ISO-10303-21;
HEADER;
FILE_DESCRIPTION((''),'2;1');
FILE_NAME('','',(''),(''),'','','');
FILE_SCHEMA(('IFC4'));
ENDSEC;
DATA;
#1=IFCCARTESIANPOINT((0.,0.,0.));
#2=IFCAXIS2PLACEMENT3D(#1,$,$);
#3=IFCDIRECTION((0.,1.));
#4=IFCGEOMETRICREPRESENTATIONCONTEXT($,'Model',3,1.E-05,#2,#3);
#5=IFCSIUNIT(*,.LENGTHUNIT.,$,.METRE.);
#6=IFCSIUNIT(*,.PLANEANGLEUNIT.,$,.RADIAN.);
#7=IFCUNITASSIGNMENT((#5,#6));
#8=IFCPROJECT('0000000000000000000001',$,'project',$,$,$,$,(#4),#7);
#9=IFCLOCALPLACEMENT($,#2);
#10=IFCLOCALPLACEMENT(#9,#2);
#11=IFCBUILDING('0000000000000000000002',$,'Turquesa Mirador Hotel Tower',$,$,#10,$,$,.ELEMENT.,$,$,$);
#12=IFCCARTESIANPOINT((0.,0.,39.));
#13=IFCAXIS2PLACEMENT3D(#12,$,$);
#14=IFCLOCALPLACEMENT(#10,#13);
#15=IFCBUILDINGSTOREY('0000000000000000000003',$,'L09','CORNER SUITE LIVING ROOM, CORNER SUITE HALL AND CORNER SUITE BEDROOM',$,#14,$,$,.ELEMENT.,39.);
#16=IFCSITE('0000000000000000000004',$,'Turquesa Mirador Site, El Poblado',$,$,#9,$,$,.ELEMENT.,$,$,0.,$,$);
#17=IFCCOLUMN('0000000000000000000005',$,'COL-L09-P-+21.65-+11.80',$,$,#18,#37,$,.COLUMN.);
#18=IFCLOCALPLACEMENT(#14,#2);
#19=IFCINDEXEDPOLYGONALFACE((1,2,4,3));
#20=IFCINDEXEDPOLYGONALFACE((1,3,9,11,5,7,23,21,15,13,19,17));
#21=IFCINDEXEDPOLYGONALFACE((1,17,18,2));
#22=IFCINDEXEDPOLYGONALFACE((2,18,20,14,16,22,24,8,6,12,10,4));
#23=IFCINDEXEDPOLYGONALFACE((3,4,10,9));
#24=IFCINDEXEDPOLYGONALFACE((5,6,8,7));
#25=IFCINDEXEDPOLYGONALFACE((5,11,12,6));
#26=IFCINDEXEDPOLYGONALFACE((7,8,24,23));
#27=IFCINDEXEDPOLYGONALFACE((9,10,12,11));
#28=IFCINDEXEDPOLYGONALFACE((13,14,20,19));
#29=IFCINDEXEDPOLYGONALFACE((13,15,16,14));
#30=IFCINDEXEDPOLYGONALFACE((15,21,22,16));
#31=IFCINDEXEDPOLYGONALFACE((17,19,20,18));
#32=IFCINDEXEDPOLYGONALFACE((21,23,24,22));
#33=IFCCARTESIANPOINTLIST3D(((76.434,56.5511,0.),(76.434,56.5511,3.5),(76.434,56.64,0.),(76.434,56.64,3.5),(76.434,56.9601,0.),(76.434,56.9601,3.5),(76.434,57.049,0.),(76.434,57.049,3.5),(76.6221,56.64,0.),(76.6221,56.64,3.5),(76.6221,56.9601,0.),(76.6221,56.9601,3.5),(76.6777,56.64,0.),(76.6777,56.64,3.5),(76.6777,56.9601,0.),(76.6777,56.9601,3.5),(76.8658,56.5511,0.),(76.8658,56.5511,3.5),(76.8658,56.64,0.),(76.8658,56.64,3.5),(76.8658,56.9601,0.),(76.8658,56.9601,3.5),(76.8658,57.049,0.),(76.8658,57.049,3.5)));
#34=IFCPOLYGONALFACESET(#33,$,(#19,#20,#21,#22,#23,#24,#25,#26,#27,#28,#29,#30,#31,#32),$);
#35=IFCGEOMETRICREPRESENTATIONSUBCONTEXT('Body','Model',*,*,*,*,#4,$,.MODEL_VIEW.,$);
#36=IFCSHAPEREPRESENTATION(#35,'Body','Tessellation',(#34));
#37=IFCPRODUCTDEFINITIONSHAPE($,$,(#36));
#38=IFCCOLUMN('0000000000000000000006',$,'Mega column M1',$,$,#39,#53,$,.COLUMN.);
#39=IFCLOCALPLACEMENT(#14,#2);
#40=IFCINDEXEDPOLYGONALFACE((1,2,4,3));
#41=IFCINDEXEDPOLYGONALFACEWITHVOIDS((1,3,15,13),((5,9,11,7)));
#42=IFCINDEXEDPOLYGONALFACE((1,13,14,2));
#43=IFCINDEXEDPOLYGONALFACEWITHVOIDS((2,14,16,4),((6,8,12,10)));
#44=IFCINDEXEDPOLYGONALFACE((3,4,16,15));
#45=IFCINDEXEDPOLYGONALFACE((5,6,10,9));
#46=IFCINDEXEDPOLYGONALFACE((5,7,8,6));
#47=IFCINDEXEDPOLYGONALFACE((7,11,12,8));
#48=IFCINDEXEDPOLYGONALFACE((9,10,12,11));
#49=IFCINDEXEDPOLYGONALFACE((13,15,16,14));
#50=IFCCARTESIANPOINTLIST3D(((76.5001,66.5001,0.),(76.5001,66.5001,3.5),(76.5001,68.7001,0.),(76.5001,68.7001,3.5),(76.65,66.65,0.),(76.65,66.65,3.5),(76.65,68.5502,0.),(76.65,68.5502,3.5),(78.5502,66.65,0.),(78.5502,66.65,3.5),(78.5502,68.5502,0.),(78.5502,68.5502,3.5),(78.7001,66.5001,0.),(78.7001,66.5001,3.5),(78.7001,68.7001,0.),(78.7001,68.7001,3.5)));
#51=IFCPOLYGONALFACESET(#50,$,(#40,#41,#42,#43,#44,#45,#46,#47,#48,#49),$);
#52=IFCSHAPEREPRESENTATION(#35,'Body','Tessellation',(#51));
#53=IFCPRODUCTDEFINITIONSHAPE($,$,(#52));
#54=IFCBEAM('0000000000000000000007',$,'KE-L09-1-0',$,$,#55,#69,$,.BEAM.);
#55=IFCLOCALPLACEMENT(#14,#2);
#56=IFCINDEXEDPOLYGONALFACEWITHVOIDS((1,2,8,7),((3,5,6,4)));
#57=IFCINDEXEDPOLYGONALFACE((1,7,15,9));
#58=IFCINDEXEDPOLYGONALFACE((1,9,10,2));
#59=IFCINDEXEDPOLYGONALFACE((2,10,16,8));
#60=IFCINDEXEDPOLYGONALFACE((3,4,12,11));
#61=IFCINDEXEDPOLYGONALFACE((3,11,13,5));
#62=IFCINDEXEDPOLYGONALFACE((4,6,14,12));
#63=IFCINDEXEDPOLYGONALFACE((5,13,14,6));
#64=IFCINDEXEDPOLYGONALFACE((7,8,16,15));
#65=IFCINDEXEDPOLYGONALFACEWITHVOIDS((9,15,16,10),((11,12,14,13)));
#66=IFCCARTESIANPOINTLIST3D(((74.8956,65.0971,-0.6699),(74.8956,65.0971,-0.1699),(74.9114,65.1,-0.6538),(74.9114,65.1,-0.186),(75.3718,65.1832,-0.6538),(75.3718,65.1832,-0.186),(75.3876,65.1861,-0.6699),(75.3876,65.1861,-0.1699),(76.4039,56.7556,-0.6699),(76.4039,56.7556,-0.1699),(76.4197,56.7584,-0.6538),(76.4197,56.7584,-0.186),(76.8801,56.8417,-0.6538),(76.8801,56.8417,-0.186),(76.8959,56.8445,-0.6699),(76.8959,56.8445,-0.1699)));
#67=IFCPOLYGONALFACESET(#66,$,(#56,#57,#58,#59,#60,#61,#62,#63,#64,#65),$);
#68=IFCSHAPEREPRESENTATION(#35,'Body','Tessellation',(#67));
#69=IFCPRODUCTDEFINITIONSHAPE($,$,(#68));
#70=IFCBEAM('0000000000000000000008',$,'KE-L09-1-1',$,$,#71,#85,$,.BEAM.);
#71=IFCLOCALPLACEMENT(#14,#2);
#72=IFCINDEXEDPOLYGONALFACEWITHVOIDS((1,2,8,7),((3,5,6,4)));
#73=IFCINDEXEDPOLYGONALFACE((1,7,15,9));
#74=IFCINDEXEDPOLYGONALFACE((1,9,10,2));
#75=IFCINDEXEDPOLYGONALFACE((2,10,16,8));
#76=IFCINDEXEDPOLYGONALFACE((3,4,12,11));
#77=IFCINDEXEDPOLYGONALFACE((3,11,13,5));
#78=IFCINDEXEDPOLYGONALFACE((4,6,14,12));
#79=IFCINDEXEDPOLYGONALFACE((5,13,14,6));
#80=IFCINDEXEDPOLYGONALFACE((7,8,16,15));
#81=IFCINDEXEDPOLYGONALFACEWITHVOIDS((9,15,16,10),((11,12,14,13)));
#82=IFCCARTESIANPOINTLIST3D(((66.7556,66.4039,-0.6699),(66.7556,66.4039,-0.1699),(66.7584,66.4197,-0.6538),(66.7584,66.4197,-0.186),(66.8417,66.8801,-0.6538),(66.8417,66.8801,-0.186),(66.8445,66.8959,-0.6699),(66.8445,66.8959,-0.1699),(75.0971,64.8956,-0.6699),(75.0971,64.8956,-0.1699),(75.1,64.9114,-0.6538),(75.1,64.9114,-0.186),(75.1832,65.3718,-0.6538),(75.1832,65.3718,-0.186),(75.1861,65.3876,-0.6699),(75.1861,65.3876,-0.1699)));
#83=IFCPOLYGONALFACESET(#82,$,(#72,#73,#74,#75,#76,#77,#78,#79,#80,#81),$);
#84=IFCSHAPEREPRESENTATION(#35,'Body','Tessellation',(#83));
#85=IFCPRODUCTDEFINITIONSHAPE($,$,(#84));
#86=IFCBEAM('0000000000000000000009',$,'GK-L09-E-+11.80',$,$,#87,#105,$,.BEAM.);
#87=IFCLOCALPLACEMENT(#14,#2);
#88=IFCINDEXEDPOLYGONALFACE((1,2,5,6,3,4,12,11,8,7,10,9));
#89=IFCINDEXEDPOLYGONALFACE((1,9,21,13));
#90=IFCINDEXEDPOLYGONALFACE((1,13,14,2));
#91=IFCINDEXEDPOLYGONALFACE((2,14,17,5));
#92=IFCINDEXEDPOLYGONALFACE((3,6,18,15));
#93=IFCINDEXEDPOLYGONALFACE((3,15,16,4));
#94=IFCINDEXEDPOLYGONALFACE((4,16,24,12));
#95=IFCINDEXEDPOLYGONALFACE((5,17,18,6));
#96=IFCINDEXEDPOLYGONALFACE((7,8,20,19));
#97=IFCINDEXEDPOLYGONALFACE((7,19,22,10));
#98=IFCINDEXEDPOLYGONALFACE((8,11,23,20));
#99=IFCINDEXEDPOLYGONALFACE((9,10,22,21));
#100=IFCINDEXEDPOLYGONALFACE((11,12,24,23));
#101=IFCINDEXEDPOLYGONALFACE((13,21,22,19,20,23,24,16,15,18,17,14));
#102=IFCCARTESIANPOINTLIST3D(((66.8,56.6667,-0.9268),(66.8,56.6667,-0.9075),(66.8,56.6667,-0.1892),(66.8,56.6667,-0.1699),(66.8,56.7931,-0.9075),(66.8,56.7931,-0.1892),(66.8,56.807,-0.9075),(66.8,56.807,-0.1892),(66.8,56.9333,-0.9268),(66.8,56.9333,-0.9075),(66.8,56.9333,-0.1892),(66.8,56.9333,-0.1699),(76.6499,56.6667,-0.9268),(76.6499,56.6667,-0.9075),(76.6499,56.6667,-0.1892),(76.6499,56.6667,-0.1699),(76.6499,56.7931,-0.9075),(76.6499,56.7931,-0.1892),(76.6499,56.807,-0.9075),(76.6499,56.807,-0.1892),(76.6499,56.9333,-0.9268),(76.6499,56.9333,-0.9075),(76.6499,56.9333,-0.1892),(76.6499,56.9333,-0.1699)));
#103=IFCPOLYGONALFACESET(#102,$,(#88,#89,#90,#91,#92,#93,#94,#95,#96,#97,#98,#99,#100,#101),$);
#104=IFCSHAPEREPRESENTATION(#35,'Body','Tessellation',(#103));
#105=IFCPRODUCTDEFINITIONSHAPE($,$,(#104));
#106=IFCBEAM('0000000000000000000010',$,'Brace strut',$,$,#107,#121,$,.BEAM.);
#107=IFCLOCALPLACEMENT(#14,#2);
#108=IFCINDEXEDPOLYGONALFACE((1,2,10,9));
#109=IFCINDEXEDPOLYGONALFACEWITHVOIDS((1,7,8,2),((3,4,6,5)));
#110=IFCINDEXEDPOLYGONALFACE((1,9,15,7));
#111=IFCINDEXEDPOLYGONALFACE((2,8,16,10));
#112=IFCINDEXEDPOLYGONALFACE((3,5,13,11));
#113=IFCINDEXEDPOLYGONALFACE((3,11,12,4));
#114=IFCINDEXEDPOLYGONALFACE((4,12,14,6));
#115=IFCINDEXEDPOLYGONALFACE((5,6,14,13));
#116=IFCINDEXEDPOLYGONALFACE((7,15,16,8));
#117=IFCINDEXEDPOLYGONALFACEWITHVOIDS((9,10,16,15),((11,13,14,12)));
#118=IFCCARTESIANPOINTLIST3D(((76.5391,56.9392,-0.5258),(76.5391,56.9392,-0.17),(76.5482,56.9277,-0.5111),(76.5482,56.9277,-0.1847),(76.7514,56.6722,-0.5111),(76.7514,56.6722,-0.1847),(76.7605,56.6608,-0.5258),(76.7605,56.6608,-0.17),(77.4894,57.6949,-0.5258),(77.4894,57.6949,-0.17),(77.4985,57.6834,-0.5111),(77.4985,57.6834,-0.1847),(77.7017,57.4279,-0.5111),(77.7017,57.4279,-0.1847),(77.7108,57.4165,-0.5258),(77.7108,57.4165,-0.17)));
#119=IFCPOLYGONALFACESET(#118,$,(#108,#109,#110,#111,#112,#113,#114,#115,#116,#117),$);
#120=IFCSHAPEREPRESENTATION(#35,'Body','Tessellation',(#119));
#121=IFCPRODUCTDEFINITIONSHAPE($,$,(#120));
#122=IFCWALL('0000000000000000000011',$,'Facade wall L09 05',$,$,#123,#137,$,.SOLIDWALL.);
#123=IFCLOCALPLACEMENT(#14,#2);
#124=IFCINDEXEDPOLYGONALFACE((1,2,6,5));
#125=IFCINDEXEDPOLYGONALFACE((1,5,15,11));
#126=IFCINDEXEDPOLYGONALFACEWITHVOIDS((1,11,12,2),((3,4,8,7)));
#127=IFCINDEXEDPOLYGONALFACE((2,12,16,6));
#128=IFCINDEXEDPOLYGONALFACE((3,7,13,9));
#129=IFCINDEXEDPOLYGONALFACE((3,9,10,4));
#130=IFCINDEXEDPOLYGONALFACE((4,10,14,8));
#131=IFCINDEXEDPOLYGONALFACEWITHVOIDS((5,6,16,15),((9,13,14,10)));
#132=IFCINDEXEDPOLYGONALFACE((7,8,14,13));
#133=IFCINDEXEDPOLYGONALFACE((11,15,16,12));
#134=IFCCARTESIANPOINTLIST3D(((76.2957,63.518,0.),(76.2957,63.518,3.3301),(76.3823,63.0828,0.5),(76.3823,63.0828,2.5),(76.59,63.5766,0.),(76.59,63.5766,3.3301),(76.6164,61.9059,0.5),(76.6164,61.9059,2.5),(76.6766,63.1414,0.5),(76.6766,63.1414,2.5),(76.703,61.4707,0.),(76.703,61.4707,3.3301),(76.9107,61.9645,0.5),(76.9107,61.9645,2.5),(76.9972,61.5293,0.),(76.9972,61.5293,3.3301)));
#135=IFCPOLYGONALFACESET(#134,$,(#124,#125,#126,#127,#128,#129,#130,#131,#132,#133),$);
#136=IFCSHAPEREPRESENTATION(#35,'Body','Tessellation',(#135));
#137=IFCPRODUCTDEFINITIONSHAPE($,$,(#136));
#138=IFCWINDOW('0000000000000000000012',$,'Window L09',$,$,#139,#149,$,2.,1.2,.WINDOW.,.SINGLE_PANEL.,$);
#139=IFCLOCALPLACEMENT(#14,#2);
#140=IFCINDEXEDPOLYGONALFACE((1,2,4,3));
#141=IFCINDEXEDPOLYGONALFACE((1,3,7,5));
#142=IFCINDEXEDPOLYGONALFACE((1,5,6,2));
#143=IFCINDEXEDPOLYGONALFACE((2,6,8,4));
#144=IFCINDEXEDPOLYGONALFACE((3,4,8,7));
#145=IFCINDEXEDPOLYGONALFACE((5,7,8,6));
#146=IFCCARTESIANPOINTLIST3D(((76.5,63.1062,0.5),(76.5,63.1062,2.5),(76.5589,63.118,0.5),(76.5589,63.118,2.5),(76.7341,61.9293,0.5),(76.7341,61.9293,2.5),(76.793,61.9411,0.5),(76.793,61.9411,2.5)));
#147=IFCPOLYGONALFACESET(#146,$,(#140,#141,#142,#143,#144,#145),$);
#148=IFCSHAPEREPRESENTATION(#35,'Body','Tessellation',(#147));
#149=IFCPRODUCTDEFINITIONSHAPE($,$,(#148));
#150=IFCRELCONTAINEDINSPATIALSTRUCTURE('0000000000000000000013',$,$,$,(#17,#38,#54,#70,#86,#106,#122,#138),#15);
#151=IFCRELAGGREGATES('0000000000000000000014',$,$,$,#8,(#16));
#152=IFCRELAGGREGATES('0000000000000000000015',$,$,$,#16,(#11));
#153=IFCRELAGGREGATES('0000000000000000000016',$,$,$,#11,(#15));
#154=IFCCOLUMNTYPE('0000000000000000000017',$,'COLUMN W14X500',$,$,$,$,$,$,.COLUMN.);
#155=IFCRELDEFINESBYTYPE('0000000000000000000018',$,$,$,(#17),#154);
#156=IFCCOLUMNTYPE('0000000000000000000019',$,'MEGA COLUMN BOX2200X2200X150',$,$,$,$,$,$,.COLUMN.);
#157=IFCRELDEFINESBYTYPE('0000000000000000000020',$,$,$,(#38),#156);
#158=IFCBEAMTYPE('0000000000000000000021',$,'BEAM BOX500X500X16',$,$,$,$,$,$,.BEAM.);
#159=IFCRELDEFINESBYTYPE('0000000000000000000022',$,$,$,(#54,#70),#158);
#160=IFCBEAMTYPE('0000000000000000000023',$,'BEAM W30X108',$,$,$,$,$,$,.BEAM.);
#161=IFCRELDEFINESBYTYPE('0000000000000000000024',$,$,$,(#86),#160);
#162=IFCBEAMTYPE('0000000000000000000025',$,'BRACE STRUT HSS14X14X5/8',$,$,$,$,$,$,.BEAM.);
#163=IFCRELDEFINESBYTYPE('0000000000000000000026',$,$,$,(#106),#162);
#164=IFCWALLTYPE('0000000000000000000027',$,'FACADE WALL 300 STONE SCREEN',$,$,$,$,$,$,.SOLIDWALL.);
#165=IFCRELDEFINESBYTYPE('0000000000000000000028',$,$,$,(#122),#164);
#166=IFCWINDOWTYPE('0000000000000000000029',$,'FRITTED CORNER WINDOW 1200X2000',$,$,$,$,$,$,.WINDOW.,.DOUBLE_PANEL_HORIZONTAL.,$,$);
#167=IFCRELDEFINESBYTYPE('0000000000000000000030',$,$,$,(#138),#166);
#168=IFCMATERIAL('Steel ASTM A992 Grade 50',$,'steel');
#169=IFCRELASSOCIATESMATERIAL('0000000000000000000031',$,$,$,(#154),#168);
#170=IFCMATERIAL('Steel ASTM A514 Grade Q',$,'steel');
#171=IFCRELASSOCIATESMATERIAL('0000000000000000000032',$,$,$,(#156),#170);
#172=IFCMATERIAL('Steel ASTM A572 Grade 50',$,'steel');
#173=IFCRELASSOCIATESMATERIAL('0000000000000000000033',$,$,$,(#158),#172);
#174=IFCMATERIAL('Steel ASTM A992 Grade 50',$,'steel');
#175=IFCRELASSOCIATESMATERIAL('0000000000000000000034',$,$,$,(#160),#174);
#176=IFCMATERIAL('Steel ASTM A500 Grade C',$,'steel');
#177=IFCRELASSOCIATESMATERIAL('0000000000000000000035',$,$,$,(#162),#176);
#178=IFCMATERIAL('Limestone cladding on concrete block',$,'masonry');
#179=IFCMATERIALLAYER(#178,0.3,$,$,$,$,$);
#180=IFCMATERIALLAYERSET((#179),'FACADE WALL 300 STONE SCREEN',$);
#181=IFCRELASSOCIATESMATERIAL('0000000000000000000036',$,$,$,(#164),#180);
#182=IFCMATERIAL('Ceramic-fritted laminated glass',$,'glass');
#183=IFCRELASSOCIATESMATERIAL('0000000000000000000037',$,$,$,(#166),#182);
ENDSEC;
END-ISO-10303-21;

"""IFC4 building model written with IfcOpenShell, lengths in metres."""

from ifc_helpers import new_model, si_unit, direction, frame, frame_2d, origin, origin_2d, place, context, subcontext, project, spatial, rectangle, hollow_rectangle, i_section, extrude, material, layer, layer_set, material_profile, profile_set, type_object, element, fill, save


model = new_model("IFC4")

# Units and contexts
model_context = context("Model", 3, precision=1e-05, world=origin(), true_north=direction((0.0, 1.0)))
body_context = subcontext(model_context, "Body", "Model", "MODEL_VIEW")
ifc_project = project(units=[si_unit("LENGTHUNIT", "METRE"), si_unit("PLANEANGLEUNIT", "RADIAN")], contexts=[model_context])

# Site, building, storey
site_placement = place(None, origin())
site = spatial("IfcSite", under=ifc_project, at=site_placement, Name="Turquesa Mirador Site, El Poblado", CompositionType="ELEMENT", RefElevation=0.0)
building_placement = place(site_placement, origin())
building = spatial("IfcBuilding", under=site, at=building_placement, Name="Turquesa Mirador Hotel Tower", CompositionType="ELEMENT")
storey_placement = place(building_placement, frame((0.0, 0.0, 39.0)))
storey = spatial("IfcBuildingStorey", under=building, at=storey_placement, Name="L09", Description="CORNER SUITE LIVING ROOM, CORNER SUITE HALL AND CORNER SUITE BEDROOM", CompositionType="ELEMENT", Elevation=39.0)

# Columns
ifc_material_1 = material(Name="Steel ASTM A992 Grade 50", Category="steel")
ifc_material_profile_1 = material_profile(ifc_material_1, i_section(OverallWidth=0.4319, OverallDepth=0.4978, WebThickness=0.0557, FlangeThickness=0.0889, at=origin_2d()), Name="W14X500")
ifc_profile_set_1 = profile_set([ifc_material_profile_1], Name="Steel ASTM A992 Grade 50")
column_type_1 = type_object("IfcColumnType", Name="COLUMN W14X500", PredefinedType="COLUMN", material=ifc_profile_set_1)
column_1_placement = place(storey_placement, frame((76.6499, 56.8, 0.0), z_axis=(0.0, 0.0, 1.0), x_axis=(1.0, 0.0, 0.0)))
element("IfcColumn", 1, at=column_1_placement, inside=storey, type_object=column_type_1, Name="COL-L09-P-+21.65-+11.80", PredefinedType="COLUMN", context=body_context, shape_type="SweptSolid", body=[
    extrude(i_section(OverallWidth=0.4319, OverallDepth=0.4978, WebThickness=0.0557, FlangeThickness=0.0889, at=origin_2d()), origin(), (0.0, 0.0, 1.0), 3.5),
])
ifc_material_2 = material(Name="Steel ASTM A514 Grade Q", Category="steel")
ifc_material_profile_2 = material_profile(ifc_material_2, hollow_rectangle(XDim=2.2, YDim=2.2, WallThickness=0.1499, at=origin_2d()), Name="BOX2200X2200X150")
ifc_profile_set_2 = profile_set([ifc_material_profile_2], Name="Steel ASTM A514 Grade Q")
column_type_2 = type_object("IfcColumnType", Name="MEGA COLUMN BOX2200X2200X150", PredefinedType="COLUMN", material=ifc_profile_set_2)
column_2_placement = place(storey_placement, frame((77.6001, 67.6001, 0.0), z_axis=(0.0, 0.0, 1.0), x_axis=(1.0, 0.0, 0.0)))
element("IfcColumn", 2, at=column_2_placement, inside=storey, type_object=column_type_2, Name="Mega column M1", PredefinedType="COLUMN", context=body_context, shape_type="SweptSolid", body=[
    extrude(hollow_rectangle(XDim=2.2, YDim=2.2, WallThickness=0.1499, at=origin_2d()), origin(), (0.0, 0.0, 1.0), 3.5),
])

# Beams
ifc_material_3 = material(Name="Steel ASTM A572 Grade 50", Category="steel")
ifc_material_profile_3 = material_profile(ifc_material_3, hollow_rectangle(XDim=0.5, YDim=0.5, WallThickness=0.0161, at=origin_2d()), Name="BOX500X500X16")
ifc_profile_set_3 = profile_set([ifc_material_profile_3], Name="Steel ASTM A572 Grade 50")
beam_type_1 = type_object("IfcBeamType", Name="BEAM BOX500X500X16", PredefinedType="BEAM", material=ifc_profile_set_3)
for number, where, z_axis, x_axis, name in (
    (3, (76.6499, 56.8, -0.4199), (-0.177932, 0.984043, 0.0), (-0.984043, -0.177932, 0.0), "KE-L09-1-0"),
    (4, (75.1416, 65.1416, -0.4199), (-0.984043, 0.177932, 0.0), (-0.177932, -0.984043, 0.0), "KE-L09-1-1"),
):
    element("IfcBeam", number, at=place(storey_placement, frame(where, z_axis=z_axis, x_axis=x_axis)), inside=storey, type_object=beam_type_1, Name=name, PredefinedType="BEAM", context=body_context, shape_type="SweptSolid", body=[
        extrude(hollow_rectangle(XDim=0.5, YDim=0.5, WallThickness=0.0161, at=origin_2d()), origin(), (0.0, 0.0, 1.0), 8.4768),
    ])
ifc_material_4 = material(Name="Steel ASTM A992 Grade 50", Category="steel")
ifc_material_profile_4 = material_profile(ifc_material_4, i_section(OverallWidth=0.2666, OverallDepth=0.7568, WebThickness=0.0139, FlangeThickness=0.0193, at=origin_2d()), Name="W30X108")
ifc_profile_set_4 = profile_set([ifc_material_profile_4], Name="Steel ASTM A992 Grade 50")
beam_type_2 = type_object("IfcBeamType", Name="BEAM W30X108", PredefinedType="BEAM", material=ifc_profile_set_4)
beam_1_placement = place(storey_placement, frame((76.6499, 56.8, -0.5483), z_axis=(-1.0, 0.0, 0.0), x_axis=(0.0, -1.0, 0.0)))
element("IfcBeam", 5, at=beam_1_placement, inside=storey, type_object=beam_type_2, Name="GK-L09-E-+11.80", PredefinedType="BEAM", context=body_context, shape_type="SweptSolid", body=[
    extrude(i_section(OverallWidth=0.2666, OverallDepth=0.7568, WebThickness=0.0139, FlangeThickness=0.0193, at=origin_2d()), origin(), (0.0, 0.0, 1.0), 9.8499),
])
ifc_material_5 = material(Name="Steel ASTM A500 Grade C", Category="steel")
ifc_material_profile_5 = material_profile(ifc_material_5, hollow_rectangle(XDim=0.3557, YDim=0.3557, WallThickness=0.0146, at=origin_2d()), Name="HSS14X14X5/8")
ifc_profile_set_5 = profile_set([ifc_material_profile_5], Name="Steel ASTM A500 Grade C")
beam_type_3 = type_object("IfcBeamType", Name="BRACE STRUT HSS14X14X5/8", PredefinedType="BEAM", material=ifc_profile_set_5)
beam_2_placement = place(storey_placement, frame((77.6001, 57.5557, -0.3479), z_axis=(-0.78269, -0.622412, 0.0), x_axis=(0.622412, -0.78269, 0.0)))
element("IfcBeam", 6, at=beam_2_placement, inside=storey, type_object=beam_type_3, Name="Brace strut", PredefinedType="BEAM", context=body_context, shape_type="SweptSolid", body=[
    extrude(hollow_rectangle(XDim=0.3557, YDim=0.3557, WallThickness=0.0146, at=origin_2d()), origin(), (0.0, 0.0, 1.0), 1.2141),
])

# Wall, opening, window
ifc_material_6 = material(Name="Limestone cladding on concrete block", Category="masonry")
ifc_layer = layer(ifc_material_6, 0.3)
ifc_layer_set = layer_set([ifc_layer], Name="FACADE WALL 300 STONE SCREEN")
wall_type = type_object("IfcWallType", Name="FACADE WALL 300 STONE SCREEN", PredefinedType="SOLIDWALL", material=ifc_layer_set)
wall_1_placement = place(storey_placement, frame((76.8501, 61.5, 0.0), z_axis=(0.0, 0.0, 1.0), x_axis=(-0.195081, 0.980787, 0.0)))
wall_1 = element("IfcWall", 7, at=wall_1_placement, inside=storey, type_object=wall_type, Name="Facade wall L09 05", PredefinedType="SOLIDWALL", context=body_context, shape_type="SweptSolid", body=[
    extrude(rectangle(XDim=2.0874, YDim=0.3, at=frame_2d((1.0437, 0.0))), origin(), (0.0, 0.0, 1.0), 3.3301),
])
opening_1_placement = place(wall_1_placement, frame((0.4436, 0.0, 0.5)))
opening_1 = element("IfcOpeningElement", 8, at=opening_1_placement, cuts=wall_1, PredefinedType="OPENING", context=body_context, shape_type="SweptSolid", body=[
    extrude(rectangle(XDim=1.2, YDim=2.0, at=frame_2d((0.6001, 1.0))), frame((0.0, 0.1599, 0.0), z_axis=(0.0, -1.0, 0.0), x_axis=(1.0, 0.0, 0.0)), (0.0, 0.0, 1.0), 0.3201),
])
ifc_material_7 = material(Name="Ceramic-fritted laminated glass", Category="glass")
window_type = type_object("IfcWindowType", Name="FRITTED CORNER WINDOW 1200X2000", PartitioningType="DOUBLE_PANEL_HORIZONTAL", PredefinedType="WINDOW", material=ifc_material_7)
window_1_placement = place(opening_1_placement, origin())
window_1 = element("IfcWindow", 9, at=window_1_placement, inside=storey, type_object=window_type, Name="Window L09", OverallHeight=2.0, OverallWidth=1.2, PartitioningType="SINGLE_PANEL", PredefinedType="WINDOW", context=body_context, shape_type="SweptSolid", body=[
    extrude(rectangle(XDim=1.2, YDim=2.0, at=frame_2d((0.6001, 1.0))), frame((0.0, 0.03, 0.0), z_axis=(0.0, -1.0, 0.0), x_axis=(1.0, 0.0, 0.0)), (0.0, 0.0, 1.0), 0.0601),
])
fill(opening_1, window_1)

save(model, "model.ifc")
